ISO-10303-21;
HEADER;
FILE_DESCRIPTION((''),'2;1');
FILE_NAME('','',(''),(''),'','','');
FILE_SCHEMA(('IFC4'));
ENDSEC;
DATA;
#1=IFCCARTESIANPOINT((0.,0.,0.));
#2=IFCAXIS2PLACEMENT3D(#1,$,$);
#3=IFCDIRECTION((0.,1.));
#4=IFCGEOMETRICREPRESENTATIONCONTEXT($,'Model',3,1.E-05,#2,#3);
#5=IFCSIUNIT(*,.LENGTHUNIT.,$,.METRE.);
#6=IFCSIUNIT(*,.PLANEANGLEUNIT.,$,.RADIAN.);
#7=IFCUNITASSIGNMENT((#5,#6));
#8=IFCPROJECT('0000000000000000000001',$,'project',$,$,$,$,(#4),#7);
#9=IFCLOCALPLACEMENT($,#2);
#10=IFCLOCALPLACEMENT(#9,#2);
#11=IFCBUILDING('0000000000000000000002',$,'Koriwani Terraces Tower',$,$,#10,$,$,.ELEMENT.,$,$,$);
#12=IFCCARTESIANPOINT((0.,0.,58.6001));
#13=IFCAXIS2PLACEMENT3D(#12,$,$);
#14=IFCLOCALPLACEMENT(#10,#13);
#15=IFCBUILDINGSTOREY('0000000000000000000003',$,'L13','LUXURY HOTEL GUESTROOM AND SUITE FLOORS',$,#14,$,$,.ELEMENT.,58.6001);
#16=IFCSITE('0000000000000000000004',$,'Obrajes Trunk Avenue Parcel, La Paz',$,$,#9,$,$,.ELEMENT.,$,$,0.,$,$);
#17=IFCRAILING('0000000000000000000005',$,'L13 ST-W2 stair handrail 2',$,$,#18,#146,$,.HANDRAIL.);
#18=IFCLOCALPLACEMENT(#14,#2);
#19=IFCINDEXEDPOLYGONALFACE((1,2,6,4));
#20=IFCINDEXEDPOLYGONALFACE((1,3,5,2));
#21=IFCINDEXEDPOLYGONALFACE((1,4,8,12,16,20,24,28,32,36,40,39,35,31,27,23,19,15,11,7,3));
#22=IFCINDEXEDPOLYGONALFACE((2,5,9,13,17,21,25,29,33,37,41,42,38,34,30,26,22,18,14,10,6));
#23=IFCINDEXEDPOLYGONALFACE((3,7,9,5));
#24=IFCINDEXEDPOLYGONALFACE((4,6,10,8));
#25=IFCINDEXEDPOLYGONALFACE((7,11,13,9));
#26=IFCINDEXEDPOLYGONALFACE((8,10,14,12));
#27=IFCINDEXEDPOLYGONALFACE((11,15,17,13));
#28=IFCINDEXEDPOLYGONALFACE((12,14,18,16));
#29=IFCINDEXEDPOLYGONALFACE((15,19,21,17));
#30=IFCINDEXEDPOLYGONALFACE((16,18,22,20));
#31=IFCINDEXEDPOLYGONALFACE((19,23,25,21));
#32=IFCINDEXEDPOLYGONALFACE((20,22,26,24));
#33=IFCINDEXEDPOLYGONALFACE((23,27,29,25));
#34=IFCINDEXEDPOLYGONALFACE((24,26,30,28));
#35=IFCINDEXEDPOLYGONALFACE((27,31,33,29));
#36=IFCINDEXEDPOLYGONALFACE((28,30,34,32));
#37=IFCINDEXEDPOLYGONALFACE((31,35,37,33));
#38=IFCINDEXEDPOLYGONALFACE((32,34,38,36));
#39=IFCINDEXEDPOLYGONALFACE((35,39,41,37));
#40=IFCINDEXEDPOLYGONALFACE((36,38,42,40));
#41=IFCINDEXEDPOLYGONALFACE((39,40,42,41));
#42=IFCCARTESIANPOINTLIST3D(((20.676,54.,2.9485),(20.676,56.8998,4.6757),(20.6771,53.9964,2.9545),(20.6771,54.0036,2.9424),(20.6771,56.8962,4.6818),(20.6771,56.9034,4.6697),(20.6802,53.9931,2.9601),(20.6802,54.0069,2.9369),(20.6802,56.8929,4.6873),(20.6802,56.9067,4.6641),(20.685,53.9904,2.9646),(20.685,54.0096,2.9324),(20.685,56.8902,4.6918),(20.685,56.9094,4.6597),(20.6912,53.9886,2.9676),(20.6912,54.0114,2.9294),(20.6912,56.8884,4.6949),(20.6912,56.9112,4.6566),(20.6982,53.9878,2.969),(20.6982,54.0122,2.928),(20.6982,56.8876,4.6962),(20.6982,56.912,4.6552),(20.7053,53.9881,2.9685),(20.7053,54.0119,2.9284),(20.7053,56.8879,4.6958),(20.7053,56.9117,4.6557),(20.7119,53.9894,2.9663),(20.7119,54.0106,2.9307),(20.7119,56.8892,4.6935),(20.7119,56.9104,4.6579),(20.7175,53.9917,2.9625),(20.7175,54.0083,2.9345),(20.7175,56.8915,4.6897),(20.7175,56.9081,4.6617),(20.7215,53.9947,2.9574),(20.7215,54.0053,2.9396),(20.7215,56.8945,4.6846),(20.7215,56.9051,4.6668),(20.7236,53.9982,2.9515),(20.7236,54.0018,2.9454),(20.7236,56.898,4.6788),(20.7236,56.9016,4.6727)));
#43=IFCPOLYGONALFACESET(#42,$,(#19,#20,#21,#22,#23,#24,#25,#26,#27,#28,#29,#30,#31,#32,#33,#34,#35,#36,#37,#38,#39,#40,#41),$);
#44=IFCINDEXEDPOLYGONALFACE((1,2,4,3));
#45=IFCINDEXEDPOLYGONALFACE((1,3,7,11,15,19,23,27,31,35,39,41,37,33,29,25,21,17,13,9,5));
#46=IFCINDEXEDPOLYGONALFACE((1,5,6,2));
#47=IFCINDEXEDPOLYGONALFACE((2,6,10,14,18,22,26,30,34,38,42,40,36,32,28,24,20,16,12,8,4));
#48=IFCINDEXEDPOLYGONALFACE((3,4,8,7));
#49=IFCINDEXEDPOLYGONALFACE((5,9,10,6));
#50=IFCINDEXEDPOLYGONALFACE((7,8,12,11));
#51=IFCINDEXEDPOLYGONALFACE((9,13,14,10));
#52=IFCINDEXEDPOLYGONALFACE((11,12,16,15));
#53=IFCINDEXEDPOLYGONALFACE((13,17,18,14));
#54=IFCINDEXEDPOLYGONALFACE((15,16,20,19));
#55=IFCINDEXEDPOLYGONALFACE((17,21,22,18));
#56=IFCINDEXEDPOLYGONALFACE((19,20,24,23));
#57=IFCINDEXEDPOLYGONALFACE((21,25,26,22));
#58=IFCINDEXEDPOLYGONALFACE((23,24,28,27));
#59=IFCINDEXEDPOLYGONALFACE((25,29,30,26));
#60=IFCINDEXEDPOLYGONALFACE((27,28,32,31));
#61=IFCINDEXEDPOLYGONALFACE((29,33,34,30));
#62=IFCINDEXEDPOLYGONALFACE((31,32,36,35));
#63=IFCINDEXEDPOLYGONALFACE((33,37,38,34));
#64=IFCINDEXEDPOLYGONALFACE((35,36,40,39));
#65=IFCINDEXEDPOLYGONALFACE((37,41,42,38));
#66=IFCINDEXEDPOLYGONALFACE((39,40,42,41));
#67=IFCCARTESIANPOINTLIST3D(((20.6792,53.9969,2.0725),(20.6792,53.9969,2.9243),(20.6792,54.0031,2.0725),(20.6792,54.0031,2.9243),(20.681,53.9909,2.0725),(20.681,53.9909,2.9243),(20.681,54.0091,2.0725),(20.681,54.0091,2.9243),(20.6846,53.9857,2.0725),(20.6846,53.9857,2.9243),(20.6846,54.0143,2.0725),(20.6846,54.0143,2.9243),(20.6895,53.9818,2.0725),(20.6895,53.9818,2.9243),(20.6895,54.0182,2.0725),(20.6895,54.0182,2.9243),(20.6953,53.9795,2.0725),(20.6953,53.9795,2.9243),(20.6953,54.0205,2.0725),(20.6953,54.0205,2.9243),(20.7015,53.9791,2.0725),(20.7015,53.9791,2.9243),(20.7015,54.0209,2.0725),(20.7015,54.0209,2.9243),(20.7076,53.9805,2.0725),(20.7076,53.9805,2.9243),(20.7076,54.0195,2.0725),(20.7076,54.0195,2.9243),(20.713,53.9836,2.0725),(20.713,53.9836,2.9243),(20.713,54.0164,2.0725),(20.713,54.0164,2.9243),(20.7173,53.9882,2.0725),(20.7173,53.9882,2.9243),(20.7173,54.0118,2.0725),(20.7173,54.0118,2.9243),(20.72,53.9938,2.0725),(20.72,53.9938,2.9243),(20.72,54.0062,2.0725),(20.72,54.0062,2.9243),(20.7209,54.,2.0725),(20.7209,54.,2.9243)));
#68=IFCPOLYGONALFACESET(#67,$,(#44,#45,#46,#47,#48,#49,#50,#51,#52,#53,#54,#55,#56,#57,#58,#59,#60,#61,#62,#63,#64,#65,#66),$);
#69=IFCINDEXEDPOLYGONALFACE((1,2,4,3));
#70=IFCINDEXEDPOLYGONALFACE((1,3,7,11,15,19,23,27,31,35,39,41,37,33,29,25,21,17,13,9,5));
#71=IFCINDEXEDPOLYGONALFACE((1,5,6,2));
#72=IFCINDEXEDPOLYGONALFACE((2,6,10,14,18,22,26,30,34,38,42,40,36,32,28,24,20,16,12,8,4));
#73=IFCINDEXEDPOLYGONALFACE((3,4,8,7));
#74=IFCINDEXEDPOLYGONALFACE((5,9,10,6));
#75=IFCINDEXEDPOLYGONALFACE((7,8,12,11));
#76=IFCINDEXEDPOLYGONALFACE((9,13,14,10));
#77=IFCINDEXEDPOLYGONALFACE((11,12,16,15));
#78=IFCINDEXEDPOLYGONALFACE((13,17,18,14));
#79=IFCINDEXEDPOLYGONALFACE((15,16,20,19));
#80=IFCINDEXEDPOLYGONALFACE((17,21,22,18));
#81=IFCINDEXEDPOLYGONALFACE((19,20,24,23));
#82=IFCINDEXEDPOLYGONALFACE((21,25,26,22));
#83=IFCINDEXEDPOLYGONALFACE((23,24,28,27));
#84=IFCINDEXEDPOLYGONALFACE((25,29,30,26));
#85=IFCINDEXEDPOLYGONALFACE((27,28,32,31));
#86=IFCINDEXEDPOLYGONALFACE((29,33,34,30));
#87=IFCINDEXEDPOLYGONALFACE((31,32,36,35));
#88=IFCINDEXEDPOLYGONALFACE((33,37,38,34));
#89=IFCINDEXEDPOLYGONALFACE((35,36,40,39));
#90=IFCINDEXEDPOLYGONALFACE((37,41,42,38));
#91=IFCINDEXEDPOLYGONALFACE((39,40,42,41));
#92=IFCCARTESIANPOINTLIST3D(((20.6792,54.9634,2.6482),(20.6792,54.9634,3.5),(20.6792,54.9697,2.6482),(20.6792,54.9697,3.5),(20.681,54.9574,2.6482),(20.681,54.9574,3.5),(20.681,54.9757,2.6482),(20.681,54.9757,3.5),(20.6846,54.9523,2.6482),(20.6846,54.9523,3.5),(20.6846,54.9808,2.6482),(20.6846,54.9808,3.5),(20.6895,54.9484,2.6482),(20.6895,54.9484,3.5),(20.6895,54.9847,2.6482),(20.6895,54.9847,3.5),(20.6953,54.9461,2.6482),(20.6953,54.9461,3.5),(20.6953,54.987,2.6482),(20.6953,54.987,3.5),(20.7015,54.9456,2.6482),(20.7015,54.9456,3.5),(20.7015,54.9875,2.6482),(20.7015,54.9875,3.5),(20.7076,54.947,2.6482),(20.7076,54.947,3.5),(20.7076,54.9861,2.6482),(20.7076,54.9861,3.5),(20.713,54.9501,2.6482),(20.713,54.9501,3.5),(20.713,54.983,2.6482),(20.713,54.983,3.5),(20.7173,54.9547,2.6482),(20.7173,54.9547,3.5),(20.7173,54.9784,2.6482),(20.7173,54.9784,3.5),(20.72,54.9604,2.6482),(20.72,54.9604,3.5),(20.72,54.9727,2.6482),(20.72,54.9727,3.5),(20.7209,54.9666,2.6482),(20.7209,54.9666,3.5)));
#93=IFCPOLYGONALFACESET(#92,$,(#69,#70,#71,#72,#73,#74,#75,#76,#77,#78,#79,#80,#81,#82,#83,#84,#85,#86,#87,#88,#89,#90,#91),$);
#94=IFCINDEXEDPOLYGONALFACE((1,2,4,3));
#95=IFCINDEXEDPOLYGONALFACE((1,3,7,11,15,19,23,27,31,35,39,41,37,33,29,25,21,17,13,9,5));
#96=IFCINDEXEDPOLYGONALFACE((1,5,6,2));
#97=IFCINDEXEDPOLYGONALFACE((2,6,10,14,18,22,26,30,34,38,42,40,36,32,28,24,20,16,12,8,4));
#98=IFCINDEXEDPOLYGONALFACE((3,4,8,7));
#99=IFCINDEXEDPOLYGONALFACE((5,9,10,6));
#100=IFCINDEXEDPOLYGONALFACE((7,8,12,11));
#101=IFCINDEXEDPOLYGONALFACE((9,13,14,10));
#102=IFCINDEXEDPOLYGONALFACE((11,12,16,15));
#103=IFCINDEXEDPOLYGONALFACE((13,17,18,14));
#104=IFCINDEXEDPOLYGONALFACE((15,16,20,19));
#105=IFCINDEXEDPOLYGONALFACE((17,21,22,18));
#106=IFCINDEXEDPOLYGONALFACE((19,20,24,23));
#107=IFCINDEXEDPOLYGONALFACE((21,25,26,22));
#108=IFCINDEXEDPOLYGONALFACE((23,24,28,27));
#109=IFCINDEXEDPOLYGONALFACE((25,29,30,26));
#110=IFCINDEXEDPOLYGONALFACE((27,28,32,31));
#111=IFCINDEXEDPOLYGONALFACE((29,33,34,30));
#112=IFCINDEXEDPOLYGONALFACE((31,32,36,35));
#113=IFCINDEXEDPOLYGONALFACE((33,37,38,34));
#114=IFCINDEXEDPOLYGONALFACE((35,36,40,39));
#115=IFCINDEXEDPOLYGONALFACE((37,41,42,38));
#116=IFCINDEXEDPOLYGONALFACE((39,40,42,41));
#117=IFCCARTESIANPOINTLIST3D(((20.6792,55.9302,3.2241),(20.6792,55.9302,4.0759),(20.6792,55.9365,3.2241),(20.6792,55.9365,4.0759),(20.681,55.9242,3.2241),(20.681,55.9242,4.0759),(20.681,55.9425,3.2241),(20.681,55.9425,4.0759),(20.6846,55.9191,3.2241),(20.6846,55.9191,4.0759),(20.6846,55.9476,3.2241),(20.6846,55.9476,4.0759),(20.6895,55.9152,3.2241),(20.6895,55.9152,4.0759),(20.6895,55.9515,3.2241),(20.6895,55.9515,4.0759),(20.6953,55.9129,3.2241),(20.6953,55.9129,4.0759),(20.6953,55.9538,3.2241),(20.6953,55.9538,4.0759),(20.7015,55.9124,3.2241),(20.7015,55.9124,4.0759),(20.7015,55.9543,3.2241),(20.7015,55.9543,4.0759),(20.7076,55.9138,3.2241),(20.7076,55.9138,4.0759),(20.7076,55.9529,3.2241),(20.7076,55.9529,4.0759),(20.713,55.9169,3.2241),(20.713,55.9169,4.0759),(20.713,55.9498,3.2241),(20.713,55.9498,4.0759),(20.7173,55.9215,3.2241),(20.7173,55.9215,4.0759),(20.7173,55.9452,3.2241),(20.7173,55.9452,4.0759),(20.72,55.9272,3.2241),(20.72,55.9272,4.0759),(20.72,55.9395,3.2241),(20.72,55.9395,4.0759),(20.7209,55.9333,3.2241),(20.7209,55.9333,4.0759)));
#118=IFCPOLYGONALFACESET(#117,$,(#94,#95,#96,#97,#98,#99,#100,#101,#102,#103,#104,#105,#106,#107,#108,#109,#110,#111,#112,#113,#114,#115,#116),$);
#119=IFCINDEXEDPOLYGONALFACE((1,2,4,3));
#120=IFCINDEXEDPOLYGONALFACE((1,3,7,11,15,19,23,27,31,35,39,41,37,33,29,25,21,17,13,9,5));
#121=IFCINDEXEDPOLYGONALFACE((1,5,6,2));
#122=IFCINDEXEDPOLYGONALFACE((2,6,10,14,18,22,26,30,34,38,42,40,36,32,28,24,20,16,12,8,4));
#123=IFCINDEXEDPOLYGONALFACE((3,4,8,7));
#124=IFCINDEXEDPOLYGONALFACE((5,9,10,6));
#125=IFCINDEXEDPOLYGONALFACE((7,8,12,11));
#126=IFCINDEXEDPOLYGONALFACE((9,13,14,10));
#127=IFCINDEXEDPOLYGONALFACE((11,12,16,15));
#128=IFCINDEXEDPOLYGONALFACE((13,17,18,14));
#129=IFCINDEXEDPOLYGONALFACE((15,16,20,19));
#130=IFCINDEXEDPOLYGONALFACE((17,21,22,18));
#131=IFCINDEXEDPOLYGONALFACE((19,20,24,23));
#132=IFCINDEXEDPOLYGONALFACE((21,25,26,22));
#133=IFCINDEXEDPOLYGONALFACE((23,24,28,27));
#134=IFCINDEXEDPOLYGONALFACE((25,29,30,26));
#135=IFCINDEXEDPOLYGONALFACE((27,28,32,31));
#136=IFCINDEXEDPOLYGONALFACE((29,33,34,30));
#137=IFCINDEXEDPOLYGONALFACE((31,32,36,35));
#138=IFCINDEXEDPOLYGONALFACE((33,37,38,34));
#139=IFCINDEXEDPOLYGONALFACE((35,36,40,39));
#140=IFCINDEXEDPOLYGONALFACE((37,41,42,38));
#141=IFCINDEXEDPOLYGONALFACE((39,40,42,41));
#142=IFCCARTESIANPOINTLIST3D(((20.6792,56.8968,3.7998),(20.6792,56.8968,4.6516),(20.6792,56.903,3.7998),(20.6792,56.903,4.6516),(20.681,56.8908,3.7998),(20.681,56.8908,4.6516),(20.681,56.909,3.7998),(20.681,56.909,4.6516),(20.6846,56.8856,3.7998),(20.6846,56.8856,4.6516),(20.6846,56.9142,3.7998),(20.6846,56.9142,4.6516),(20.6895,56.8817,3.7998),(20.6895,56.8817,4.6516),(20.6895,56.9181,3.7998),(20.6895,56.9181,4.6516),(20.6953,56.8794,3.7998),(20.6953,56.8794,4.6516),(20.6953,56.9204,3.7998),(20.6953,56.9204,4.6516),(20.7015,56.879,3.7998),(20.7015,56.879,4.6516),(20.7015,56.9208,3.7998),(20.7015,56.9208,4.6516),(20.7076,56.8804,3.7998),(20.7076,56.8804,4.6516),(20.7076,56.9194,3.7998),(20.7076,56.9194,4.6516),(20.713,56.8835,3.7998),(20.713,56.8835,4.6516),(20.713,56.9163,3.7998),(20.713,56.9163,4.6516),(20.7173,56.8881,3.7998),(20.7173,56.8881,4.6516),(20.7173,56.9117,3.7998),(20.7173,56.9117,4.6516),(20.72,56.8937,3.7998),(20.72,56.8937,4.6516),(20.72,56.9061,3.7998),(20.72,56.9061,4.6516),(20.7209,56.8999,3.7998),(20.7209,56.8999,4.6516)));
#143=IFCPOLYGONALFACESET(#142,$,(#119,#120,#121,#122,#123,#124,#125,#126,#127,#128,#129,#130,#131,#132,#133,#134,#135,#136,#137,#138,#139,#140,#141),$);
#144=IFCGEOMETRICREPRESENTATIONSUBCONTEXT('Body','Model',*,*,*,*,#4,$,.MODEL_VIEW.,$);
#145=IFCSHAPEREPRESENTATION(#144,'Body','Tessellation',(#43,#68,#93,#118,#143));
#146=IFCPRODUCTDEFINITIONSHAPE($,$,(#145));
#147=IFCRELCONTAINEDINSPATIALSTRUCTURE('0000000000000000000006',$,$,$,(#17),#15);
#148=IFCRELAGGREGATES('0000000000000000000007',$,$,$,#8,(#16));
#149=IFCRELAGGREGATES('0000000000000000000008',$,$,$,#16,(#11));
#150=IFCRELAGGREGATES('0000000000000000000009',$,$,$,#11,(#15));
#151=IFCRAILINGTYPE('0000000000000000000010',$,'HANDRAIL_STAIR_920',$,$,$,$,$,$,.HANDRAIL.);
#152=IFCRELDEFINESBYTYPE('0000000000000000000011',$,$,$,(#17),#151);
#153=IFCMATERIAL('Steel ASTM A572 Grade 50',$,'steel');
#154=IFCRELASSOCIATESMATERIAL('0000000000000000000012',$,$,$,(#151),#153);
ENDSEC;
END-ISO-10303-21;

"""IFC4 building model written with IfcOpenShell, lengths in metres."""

from ifc_helpers import new_model, si_unit, direction, frame, origin, origin_2d, place, context, subcontext, project, spatial, circle, extrude, material, type_object, element, save


model = new_model("IFC4")

# Units and contexts
model_context = context("Model", 3, precision=1e-05, world=origin(), true_north=direction((0.0, 1.0)))
body_context = subcontext(model_context, "Body", "Model", "MODEL_VIEW")
ifc_project = project(units=[si_unit("LENGTHUNIT", "METRE"), si_unit("PLANEANGLEUNIT", "RADIAN")], contexts=[model_context])

# Site, building, storey
site_placement = place(None, origin())
site = spatial("IfcSite", under=ifc_project, at=site_placement, Name="Obrajes Trunk Avenue Parcel, La Paz", CompositionType="ELEMENT", RefElevation=0.0)
building_placement = place(site_placement, origin())
building = spatial("IfcBuilding", under=site, at=building_placement, Name="Koriwani Terraces Tower", CompositionType="ELEMENT")
storey_placement = place(building_placement, frame((0.0, 0.0, 58.6001)))
storey = spatial("IfcBuildingStorey", under=building, at=storey_placement, Name="L13", Description="LUXURY HOTEL GUESTROOM AND SUITE FLOORS", CompositionType="ELEMENT", Elevation=58.6001)

# Shared definitions
ifc_material_1 = material(Name="Steel ASTM A572 Grade 50", Category="steel")

# Railing
railing_type_1 = type_object("IfcRailingType", Name="HANDRAIL_STAIR_920", PredefinedType="HANDRAIL", material=ifc_material_1)
railing_1_placement = place(storey_placement, frame((20.7, 54.0, 2.0725)))
element("IfcRailing", 1, at=railing_1_placement, inside=storey, type_object=railing_type_1, Name="L13 ST-W2 stair handrail 2", PredefinedType="HANDRAIL", context=body_context, shape_type="SweptSolid", body=[
    extrude(circle(Radius=0.0239, at=origin_2d()), frame((0.0, 0.0, 0.876), z_axis=(0.0, 0.859141, 0.511738), x_axis=(-1.0, 0.0, 0.0)), (0.0, 0.0, 1.0), 3.3752),
    extrude(circle(Radius=0.021, at=origin_2d()), origin(), (0.0, 0.0, 1.0), 0.8518),
    extrude(circle(Radius=0.021, at=origin_2d()), frame((0.0, 0.9666, 0.5757)), (0.0, 0.0, 1.0), 0.8518),
    extrude(circle(Radius=0.021, at=origin_2d()), frame((0.0, 1.9333, 1.1516)), (0.0, 0.0, 1.0), 0.8518),
    extrude(circle(Radius=0.021, at=origin_2d()), frame((0.0, 2.8999, 1.7273)), (0.0, 0.0, 1.0), 0.8518),
])

save(model, "model.ifc")
